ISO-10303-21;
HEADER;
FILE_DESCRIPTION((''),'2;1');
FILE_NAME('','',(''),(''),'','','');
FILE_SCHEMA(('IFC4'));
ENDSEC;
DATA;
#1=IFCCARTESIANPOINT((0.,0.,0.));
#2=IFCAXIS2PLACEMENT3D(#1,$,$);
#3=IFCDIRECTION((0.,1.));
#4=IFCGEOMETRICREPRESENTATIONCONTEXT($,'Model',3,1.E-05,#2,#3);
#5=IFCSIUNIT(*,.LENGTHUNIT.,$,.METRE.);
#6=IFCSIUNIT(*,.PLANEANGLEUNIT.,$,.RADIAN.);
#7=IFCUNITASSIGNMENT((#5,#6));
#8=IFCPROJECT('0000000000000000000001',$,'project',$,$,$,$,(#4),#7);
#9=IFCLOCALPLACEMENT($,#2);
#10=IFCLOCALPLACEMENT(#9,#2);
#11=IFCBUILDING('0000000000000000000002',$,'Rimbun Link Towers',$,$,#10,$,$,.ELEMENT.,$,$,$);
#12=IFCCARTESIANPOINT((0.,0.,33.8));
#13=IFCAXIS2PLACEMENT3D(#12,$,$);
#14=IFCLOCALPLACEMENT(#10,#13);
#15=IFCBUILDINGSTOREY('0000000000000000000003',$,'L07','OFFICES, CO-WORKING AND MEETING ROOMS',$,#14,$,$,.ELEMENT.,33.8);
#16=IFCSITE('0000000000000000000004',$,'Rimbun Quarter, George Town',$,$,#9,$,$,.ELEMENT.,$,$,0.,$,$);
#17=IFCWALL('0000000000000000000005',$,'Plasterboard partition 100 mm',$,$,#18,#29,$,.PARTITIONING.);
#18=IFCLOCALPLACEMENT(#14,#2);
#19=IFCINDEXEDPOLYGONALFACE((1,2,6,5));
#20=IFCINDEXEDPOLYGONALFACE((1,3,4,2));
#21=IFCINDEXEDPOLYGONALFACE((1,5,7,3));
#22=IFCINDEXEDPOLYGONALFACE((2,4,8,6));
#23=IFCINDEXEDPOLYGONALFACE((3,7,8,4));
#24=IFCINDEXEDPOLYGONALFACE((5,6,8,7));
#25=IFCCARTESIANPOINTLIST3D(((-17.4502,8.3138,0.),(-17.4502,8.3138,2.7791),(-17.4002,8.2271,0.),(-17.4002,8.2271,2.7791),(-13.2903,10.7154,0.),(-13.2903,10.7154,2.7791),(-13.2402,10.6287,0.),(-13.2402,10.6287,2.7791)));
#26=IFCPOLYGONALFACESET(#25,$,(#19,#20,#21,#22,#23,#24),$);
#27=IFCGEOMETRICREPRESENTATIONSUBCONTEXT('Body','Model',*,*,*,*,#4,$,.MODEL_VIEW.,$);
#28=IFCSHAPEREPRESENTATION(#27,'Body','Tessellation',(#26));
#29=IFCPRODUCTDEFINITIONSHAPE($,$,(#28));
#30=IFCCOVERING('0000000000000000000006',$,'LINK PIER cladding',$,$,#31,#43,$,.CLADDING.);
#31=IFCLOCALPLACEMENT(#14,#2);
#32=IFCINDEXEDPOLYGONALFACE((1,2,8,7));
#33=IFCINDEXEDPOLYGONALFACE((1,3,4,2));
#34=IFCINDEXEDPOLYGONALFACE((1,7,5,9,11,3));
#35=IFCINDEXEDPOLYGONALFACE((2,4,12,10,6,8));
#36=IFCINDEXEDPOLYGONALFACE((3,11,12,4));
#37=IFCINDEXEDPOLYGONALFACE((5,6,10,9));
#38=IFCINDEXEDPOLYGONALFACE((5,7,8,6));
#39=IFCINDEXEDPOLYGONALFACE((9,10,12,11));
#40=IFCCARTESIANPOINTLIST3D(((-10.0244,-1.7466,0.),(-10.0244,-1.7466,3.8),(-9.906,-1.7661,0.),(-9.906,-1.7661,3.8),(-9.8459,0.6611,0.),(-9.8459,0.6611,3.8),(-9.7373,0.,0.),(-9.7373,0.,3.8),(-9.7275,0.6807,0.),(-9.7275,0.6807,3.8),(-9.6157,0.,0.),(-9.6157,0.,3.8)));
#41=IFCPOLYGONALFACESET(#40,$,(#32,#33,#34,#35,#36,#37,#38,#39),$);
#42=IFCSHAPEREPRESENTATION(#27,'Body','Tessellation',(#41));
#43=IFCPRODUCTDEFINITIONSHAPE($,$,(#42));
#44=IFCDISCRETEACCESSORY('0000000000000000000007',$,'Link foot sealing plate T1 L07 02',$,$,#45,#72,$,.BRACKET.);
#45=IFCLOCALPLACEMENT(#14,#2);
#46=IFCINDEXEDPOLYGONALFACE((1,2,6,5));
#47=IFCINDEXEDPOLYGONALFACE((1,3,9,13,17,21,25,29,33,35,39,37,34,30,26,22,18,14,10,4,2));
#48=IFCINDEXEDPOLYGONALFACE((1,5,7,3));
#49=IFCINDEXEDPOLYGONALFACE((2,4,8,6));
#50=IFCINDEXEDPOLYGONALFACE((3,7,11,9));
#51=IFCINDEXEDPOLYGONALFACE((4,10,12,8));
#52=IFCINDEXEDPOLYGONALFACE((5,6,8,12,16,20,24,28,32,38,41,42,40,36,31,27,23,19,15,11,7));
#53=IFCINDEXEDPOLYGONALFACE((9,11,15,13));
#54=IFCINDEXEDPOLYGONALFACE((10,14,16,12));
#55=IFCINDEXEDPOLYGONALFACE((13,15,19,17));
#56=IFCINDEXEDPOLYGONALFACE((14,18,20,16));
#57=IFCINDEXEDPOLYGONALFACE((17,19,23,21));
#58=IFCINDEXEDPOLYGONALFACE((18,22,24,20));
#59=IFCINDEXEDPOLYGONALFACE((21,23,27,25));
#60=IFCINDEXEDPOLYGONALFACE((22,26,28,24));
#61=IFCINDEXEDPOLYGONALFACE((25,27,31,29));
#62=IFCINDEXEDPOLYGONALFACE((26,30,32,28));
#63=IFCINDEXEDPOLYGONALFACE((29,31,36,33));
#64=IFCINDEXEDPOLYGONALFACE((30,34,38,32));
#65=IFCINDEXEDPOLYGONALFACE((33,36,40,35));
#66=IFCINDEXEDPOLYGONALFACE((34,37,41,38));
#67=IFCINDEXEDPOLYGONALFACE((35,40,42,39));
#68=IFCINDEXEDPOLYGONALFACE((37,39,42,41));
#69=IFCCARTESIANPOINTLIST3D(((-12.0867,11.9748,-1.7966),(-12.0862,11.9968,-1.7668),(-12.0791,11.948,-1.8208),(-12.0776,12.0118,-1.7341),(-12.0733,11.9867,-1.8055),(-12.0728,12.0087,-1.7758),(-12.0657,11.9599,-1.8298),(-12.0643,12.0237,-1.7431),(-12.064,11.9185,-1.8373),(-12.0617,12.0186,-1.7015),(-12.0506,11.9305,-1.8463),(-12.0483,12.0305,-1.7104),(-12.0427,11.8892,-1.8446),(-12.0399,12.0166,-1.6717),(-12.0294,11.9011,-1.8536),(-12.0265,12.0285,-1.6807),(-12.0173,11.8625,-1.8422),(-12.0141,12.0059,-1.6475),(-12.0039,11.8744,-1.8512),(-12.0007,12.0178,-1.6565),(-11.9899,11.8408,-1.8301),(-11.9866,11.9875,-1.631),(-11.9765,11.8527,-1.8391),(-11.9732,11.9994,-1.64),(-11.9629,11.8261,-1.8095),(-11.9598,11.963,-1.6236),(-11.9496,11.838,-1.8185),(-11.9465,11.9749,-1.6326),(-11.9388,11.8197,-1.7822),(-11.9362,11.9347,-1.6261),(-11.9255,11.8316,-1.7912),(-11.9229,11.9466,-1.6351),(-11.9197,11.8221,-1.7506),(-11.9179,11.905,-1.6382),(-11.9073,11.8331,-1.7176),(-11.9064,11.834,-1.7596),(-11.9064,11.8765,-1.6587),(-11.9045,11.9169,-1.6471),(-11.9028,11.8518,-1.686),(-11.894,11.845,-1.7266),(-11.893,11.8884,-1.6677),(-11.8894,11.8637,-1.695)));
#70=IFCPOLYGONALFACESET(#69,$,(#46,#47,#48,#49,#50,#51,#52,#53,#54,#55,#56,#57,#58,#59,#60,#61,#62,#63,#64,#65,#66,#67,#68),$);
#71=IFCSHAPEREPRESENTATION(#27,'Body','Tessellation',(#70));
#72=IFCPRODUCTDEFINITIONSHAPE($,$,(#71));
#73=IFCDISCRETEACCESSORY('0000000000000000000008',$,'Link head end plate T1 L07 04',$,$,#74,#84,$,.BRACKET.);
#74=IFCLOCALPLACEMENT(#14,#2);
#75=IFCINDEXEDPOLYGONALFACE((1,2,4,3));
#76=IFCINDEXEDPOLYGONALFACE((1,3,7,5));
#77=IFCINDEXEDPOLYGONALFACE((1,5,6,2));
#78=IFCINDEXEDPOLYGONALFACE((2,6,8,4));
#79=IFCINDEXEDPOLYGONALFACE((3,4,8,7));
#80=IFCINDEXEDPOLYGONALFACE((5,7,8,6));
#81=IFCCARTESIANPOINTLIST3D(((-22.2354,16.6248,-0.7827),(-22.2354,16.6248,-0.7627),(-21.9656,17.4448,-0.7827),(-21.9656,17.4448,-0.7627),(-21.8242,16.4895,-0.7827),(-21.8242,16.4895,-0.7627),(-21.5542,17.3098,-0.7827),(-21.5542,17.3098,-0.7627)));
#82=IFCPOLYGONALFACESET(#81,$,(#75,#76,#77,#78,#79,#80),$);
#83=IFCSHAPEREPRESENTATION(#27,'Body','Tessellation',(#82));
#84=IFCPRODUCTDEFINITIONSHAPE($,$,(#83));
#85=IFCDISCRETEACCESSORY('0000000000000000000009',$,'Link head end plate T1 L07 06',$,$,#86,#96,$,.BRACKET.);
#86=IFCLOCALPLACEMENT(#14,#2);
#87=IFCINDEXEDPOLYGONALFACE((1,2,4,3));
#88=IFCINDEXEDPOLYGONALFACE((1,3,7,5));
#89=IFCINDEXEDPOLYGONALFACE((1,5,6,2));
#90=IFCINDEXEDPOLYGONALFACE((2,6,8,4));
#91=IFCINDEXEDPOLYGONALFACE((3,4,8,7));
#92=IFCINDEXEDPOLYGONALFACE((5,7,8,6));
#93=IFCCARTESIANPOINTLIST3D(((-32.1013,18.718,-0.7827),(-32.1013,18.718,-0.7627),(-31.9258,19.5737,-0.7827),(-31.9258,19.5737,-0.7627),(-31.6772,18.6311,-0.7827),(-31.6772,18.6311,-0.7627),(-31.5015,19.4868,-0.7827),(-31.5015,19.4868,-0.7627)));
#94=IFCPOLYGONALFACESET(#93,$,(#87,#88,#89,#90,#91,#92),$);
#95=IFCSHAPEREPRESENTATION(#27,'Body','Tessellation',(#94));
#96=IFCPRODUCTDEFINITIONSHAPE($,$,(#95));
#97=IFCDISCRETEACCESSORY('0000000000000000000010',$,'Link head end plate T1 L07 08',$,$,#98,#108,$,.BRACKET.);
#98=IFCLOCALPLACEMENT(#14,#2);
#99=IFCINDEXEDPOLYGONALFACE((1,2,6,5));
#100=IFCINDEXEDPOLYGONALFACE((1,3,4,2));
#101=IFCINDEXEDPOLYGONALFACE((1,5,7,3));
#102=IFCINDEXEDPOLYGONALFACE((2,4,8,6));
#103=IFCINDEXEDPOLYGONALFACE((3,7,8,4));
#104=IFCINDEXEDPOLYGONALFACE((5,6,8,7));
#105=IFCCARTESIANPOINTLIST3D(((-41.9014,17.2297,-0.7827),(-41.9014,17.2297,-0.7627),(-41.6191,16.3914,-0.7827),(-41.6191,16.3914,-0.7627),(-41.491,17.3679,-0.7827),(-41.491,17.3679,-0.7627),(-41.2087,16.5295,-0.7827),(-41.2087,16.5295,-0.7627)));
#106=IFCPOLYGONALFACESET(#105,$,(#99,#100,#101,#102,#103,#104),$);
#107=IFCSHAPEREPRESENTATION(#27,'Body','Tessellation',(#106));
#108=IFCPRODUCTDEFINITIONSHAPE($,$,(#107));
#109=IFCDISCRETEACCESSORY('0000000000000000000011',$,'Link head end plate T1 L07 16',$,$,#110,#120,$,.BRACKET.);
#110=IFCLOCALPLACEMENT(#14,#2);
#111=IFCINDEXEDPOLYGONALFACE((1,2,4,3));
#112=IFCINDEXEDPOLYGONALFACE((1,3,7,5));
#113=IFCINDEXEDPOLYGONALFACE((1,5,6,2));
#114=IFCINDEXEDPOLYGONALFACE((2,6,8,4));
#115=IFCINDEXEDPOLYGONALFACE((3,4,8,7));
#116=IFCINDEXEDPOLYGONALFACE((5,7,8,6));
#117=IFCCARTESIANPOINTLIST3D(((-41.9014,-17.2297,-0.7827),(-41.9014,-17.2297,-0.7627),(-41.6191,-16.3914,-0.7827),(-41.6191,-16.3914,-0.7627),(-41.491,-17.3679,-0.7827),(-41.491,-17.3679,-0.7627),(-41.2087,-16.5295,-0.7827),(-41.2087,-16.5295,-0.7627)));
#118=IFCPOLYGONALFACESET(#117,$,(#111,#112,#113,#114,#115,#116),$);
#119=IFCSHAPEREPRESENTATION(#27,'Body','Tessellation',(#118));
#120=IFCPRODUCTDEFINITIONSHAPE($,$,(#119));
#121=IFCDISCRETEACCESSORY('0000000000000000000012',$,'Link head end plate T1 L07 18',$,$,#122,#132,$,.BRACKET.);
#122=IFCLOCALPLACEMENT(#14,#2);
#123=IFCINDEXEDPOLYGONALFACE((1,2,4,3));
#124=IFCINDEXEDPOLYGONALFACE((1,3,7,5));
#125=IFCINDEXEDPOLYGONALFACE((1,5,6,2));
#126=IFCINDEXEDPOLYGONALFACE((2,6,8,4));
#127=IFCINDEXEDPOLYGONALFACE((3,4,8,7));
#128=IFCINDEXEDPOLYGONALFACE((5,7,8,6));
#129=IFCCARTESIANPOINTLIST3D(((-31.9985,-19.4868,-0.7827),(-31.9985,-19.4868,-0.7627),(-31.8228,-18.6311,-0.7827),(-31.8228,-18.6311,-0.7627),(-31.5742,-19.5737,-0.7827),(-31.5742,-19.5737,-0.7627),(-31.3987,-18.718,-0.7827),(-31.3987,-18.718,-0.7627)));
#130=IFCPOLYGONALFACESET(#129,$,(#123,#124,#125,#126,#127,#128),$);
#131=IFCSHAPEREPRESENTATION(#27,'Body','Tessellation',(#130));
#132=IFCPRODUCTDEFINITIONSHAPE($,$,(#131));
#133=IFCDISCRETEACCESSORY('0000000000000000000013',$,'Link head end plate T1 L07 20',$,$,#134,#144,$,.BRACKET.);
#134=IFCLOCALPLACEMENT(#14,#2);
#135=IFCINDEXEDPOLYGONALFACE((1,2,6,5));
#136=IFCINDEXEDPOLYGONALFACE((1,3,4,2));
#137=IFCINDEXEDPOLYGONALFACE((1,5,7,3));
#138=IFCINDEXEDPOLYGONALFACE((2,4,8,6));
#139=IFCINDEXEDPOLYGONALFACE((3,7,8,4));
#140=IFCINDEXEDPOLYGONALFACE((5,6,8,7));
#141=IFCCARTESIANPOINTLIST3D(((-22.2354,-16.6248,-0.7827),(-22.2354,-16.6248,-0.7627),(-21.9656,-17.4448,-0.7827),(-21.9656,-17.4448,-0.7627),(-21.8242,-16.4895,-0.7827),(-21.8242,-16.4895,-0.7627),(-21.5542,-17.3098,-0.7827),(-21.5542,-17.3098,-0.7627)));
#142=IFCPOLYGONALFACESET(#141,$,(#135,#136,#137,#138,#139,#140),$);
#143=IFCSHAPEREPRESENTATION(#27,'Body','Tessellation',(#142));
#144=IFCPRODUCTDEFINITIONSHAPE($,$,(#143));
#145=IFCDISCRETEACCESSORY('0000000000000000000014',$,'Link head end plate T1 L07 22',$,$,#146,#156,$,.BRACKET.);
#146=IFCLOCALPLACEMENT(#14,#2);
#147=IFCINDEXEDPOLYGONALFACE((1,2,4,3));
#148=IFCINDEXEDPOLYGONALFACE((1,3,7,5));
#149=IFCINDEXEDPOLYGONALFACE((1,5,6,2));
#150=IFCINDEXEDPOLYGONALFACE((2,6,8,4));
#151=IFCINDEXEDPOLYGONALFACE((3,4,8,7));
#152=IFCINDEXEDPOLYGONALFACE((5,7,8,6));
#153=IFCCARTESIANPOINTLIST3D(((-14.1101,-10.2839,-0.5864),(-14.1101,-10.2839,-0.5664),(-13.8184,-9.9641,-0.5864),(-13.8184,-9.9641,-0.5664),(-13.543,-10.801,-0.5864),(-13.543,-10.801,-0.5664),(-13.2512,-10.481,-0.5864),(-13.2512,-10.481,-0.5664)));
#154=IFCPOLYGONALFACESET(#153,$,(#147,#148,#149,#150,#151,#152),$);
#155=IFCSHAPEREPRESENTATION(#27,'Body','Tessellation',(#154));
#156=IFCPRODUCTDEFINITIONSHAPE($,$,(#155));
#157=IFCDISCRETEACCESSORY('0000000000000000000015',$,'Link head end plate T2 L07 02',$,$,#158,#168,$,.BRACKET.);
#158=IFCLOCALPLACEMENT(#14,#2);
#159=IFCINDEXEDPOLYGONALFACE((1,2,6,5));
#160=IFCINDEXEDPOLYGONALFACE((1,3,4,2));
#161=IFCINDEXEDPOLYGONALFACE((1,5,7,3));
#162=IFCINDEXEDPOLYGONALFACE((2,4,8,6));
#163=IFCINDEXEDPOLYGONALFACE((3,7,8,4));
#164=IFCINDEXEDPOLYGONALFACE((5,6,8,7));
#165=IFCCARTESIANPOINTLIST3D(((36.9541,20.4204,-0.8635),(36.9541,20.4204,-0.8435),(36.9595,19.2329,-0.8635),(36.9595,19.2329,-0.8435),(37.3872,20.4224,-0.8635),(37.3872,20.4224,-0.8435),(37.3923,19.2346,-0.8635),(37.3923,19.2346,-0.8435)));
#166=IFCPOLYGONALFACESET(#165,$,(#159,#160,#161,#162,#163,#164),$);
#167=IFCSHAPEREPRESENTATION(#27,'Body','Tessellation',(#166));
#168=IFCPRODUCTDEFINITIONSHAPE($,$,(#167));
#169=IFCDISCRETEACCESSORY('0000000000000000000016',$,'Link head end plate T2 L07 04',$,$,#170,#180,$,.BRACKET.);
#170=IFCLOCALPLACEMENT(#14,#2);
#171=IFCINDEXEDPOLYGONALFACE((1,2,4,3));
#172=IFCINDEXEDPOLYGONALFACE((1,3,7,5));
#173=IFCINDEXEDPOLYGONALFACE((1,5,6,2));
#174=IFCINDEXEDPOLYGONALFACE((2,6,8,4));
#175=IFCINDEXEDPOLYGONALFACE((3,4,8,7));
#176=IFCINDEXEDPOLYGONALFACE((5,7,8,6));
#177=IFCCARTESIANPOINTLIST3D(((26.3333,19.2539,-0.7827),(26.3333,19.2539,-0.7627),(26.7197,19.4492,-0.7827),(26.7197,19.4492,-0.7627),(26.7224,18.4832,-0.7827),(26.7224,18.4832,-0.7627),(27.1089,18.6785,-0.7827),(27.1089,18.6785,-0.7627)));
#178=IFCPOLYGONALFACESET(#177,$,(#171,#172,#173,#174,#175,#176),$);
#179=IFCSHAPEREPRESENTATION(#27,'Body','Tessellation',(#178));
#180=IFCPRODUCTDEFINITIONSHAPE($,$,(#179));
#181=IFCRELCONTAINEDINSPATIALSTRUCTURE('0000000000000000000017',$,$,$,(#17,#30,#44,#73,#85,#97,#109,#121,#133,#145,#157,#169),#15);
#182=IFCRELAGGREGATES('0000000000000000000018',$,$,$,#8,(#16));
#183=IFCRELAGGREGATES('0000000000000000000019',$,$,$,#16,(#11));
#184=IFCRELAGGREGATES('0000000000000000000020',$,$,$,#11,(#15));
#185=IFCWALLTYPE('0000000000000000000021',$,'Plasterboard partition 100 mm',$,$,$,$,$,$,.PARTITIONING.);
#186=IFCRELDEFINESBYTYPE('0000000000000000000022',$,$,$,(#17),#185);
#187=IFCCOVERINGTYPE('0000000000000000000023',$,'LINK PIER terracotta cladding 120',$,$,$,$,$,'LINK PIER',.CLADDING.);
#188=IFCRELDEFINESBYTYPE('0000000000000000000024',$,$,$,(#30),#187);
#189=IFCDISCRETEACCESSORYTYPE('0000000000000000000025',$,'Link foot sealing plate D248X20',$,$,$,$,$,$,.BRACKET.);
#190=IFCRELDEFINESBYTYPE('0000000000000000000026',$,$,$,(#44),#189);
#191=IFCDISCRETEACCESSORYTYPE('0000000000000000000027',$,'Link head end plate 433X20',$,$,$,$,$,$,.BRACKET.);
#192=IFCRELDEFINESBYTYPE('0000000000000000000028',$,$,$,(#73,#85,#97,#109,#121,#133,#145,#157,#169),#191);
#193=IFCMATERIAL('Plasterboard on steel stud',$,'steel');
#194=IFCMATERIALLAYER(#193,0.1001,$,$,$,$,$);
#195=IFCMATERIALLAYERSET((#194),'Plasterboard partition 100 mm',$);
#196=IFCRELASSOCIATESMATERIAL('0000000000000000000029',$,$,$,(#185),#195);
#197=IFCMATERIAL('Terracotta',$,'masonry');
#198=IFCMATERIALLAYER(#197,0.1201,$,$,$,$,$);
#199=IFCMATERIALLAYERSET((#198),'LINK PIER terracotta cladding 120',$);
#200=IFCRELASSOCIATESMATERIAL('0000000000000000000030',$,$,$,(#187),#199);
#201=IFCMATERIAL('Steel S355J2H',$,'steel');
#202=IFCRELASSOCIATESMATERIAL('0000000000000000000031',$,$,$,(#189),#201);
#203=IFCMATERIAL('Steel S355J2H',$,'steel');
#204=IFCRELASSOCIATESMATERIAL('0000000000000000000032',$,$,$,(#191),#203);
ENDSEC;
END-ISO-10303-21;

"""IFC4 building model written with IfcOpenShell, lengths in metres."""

from ifc_helpers import new_model, si_unit, direction, frame, frame_2d, origin, origin_2d, place, context, subcontext, project, spatial, polyline, rectangle, circle, outline, extrude, material, layer, layer_set, material_profile, profile_set, type_object, element, save


model = new_model("IFC4")

# Units and contexts
model_context = context("Model", 3, precision=1e-05, world=origin(), true_north=direction((0.0, 1.0)))
body_context = subcontext(model_context, "Body", "Model", "MODEL_VIEW")
ifc_project = project(units=[si_unit("LENGTHUNIT", "METRE"), si_unit("PLANEANGLEUNIT", "RADIAN")], contexts=[model_context])

# Site, building, storey
site_placement = place(None, origin())
site = spatial("IfcSite", under=ifc_project, at=site_placement, Name="Rimbun Quarter, George Town", CompositionType="ELEMENT", RefElevation=0.0)
building_placement = place(site_placement, origin())
building = spatial("IfcBuilding", under=site, at=building_placement, Name="Rimbun Link Towers", CompositionType="ELEMENT")
storey_placement = place(building_placement, frame((0.0, 0.0, 33.8)))
storey = spatial("IfcBuildingStorey", under=building, at=storey_placement, Name="L07", Description="OFFICES, CO-WORKING AND MEETING ROOMS", CompositionType="ELEMENT", Elevation=33.8)

# Wall
ifc_material_1 = material(Name="Plasterboard on steel stud", Category="steel")
ifc_layer_1 = layer(ifc_material_1, 0.1001)
ifc_layer_set_1 = layer_set([ifc_layer_1], Name="Plasterboard partition 100 mm")
wall_type = type_object("IfcWallType", Name="Plasterboard partition 100 mm", PredefinedType="PARTITIONING", material=ifc_layer_set_1)
wall_1_placement = place(storey_placement, frame((-13.2651, 10.6721, 0.0), z_axis=(0.0, 0.0, 1.0), x_axis=(-0.866036, -0.499982, 0.0)))
element("IfcWall", 1, at=wall_1_placement, inside=storey, type_object=wall_type, Name="Plasterboard partition 100 mm", PredefinedType="PARTITIONING", context=body_context, shape_type="SweptSolid", body=[
    extrude(rectangle(XDim=4.8035, YDim=0.1001, at=frame_2d((2.4019, 0.0))), origin(), (0.0, 0.0, 1.0), 2.7791),
])

# Covering
ifc_material_2 = material(Name="Terracotta", Category="masonry")
ifc_layer_2 = layer(ifc_material_2, 0.1201)
ifc_layer_set_2 = layer_set([ifc_layer_2], Name="LINK PIER terracotta cladding 120")
covering_type_1 = type_object("IfcCoveringType", Name="LINK PIER terracotta cladding 120", ElementType="LINK PIER", PredefinedType="CLADDING", material=ifc_layer_set_2)
covering_1_placement = place(storey_placement, origin())
element("IfcCovering", 2, at=covering_1_placement, inside=storey, type_object=covering_type_1, Name="LINK PIER cladding", PredefinedType="CLADDING", context=body_context, shape_type="SweptSolid", body=[
    extrude(outline(polyline([(-9.8459, 0.6611), (-9.7373, 0.0), (-10.0244, -1.7466), (-9.906, -1.7661), (-9.6157, 0.0), (-9.7275, 0.6807), (-9.8459, 0.6611)])), origin(), (0.0, 0.0, 1.0), 3.8),
])

# Discrete accessories
ifc_material_3 = material(Name="Steel S355J2H", Category="steel")
ifc_material_profile_1 = material_profile(ifc_material_3, circle(Radius=0.124, at=origin_2d()), Name="PL D248")
ifc_profile_set_1 = profile_set([ifc_material_profile_1], Name="Steel S355J2H")
discrete_accessory_type_1 = type_object("IfcDiscreteAccessoryType", Name="Link foot sealing plate D248X20", PredefinedType="BRACKET", material=ifc_profile_set_1)
discrete_accessory_1_placement = place(storey_placement, frame((-11.9951, 11.9192, -1.7341), z_axis=(0.667218, 0.594431, -0.448856), x_axis=(-0.665206, 0.74666, 0.0)))
element("IfcDiscreteAccessory", 3, at=discrete_accessory_1_placement, inside=storey, type_object=discrete_accessory_type_1, Name="Link foot sealing plate T1 L07 02", PredefinedType="BRACKET", context=body_context, shape_type="SweptSolid", body=[
    extrude(circle(Radius=0.124, at=origin_2d()), origin(), (0.0, 0.0, 1.0), 0.02),
])
ifc_material_4 = material(Name="Steel S355J2H", Category="steel")
ifc_material_profile_2 = material_profile(ifc_material_4, rectangle(XDim=0.4331, YDim=0.4331, at=origin_2d()), Name="PL 433x433")
ifc_profile_set_2 = profile_set([ifc_material_profile_2], Name="Steel S355J2H")
discrete_accessory_type_2 = type_object("IfcDiscreteAccessoryType", Name="Link head end plate 433X20", PredefinedType="BRACKET", material=ifc_profile_set_2)
discrete_accessory_2_placement = place(storey_placement, frame((0.0, 0.0, -0.7827)))
element("IfcDiscreteAccessory", 4, at=discrete_accessory_2_placement, inside=storey, type_object=discrete_accessory_type_2, Name="Link head end plate T1 L07 04", PredefinedType="BRACKET", context=body_context, shape_type="SweptSolid", body=[
    extrude(outline(polyline([(-21.8242, 16.4895), (-21.5542, 17.3098), (-21.9656, 17.4448), (-22.2354, 16.6248), (-21.8242, 16.4895)])), origin(), (0.0, 0.0, 1.0), 0.02),
])
discrete_accessory_3_placement = place(storey_placement, frame((0.0, 0.0, -0.7827)))
element("IfcDiscreteAccessory", 5, at=discrete_accessory_3_placement, inside=storey, type_object=discrete_accessory_type_2, Name="Link head end plate T1 L07 06", PredefinedType="BRACKET", context=body_context, shape_type="SweptSolid", body=[
    extrude(outline(polyline([(-31.6772, 18.6311), (-31.5015, 19.4868), (-31.9258, 19.5737), (-32.1013, 18.718), (-31.6772, 18.6311)])), origin(), (0.0, 0.0, 1.0), 0.02),
])
discrete_accessory_4_placement = place(storey_placement, frame((0.0, 0.0, -0.7827)))
element("IfcDiscreteAccessory", 6, at=discrete_accessory_4_placement, inside=storey, type_object=discrete_accessory_type_2, Name="Link head end plate T1 L07 08", PredefinedType="BRACKET", context=body_context, shape_type="SweptSolid", body=[
    extrude(outline(polyline([(-41.2087, 16.5295), (-41.491, 17.3679), (-41.9014, 17.2297), (-41.6191, 16.3914), (-41.2087, 16.5295)])), origin(), (0.0, 0.0, 1.0), 0.02),
])
discrete_accessory_5_placement = place(storey_placement, frame((0.0, 0.0, -0.7827)))
element("IfcDiscreteAccessory", 7, at=discrete_accessory_5_placement, inside=storey, type_object=discrete_accessory_type_2, Name="Link head end plate T1 L07 16", PredefinedType="BRACKET", context=body_context, shape_type="SweptSolid", body=[
    extrude(outline(polyline([(-41.6191, -16.3914), (-41.9014, -17.2297), (-41.491, -17.3679), (-41.2087, -16.5295), (-41.6191, -16.3914)])), origin(), (0.0, 0.0, 1.0), 0.02),
])
discrete_accessory_6_placement = place(storey_placement, frame((0.0, 0.0, -0.7827)))
element("IfcDiscreteAccessory", 8, at=discrete_accessory_6_placement, inside=storey, type_object=discrete_accessory_type_2, Name="Link head end plate T1 L07 18", PredefinedType="BRACKET", context=body_context, shape_type="SweptSolid", body=[
    extrude(outline(polyline([(-31.8228, -18.6311), (-31.9985, -19.4868), (-31.5742, -19.5737), (-31.3987, -18.718), (-31.8228, -18.6311)])), origin(), (0.0, 0.0, 1.0), 0.02),
])
discrete_accessory_7_placement = place(storey_placement, frame((0.0, 0.0, -0.7827)))
element("IfcDiscreteAccessory", 9, at=discrete_accessory_7_placement, inside=storey, type_object=discrete_accessory_type_2, Name="Link head end plate T1 L07 20", PredefinedType="BRACKET", context=body_context, shape_type="SweptSolid", body=[
    extrude(outline(polyline([(-22.2354, -16.6248), (-21.9656, -17.4448), (-21.5542, -17.3098), (-21.8242, -16.4895), (-22.2354, -16.6248)])), origin(), (0.0, 0.0, 1.0), 0.02),
])
discrete_accessory_8_placement = place(storey_placement, frame((0.0, 0.0, -0.5864)))
element("IfcDiscreteAccessory", 10, at=discrete_accessory_8_placement, inside=storey, type_object=discrete_accessory_type_2, Name="Link head end plate T1 L07 22", PredefinedType="BRACKET", context=body_context, shape_type="SweptSolid", body=[
    extrude(outline(polyline([(-14.1101, -10.2839), (-13.543, -10.801), (-13.2512, -10.481), (-13.8184, -9.9641), (-14.1101, -10.2839)])), origin(), (0.0, 0.0, 1.0), 0.02),
])
discrete_accessory_9_placement = place(storey_placement, frame((0.0, 0.0, -0.8635)))
element("IfcDiscreteAccessory", 11, at=discrete_accessory_9_placement, inside=storey, type_object=discrete_accessory_type_2, Name="Link head end plate T2 L07 02", PredefinedType="BRACKET", context=body_context, shape_type="SweptSolid", body=[
    extrude(outline(polyline([(37.3923, 19.2346), (37.3872, 20.4224), (36.9541, 20.4204), (36.9595, 19.2329), (37.3923, 19.2346)])), origin(), (0.0, 0.0, 1.0), 0.02),
])
discrete_accessory_10_placement = place(storey_placement, frame((0.0, 0.0, -0.7827)))
element("IfcDiscreteAccessory", 12, at=discrete_accessory_10_placement, inside=storey, type_object=discrete_accessory_type_2, Name="Link head end plate T2 L07 04", PredefinedType="BRACKET", context=body_context, shape_type="SweptSolid", body=[
    extrude(outline(polyline([(27.1089, 18.6785), (26.7197, 19.4492), (26.3333, 19.2539), (26.7224, 18.4832), (27.1089, 18.6785)])), origin(), (0.0, 0.0, 1.0), 0.02),
])

save(model, "model.ifc")
